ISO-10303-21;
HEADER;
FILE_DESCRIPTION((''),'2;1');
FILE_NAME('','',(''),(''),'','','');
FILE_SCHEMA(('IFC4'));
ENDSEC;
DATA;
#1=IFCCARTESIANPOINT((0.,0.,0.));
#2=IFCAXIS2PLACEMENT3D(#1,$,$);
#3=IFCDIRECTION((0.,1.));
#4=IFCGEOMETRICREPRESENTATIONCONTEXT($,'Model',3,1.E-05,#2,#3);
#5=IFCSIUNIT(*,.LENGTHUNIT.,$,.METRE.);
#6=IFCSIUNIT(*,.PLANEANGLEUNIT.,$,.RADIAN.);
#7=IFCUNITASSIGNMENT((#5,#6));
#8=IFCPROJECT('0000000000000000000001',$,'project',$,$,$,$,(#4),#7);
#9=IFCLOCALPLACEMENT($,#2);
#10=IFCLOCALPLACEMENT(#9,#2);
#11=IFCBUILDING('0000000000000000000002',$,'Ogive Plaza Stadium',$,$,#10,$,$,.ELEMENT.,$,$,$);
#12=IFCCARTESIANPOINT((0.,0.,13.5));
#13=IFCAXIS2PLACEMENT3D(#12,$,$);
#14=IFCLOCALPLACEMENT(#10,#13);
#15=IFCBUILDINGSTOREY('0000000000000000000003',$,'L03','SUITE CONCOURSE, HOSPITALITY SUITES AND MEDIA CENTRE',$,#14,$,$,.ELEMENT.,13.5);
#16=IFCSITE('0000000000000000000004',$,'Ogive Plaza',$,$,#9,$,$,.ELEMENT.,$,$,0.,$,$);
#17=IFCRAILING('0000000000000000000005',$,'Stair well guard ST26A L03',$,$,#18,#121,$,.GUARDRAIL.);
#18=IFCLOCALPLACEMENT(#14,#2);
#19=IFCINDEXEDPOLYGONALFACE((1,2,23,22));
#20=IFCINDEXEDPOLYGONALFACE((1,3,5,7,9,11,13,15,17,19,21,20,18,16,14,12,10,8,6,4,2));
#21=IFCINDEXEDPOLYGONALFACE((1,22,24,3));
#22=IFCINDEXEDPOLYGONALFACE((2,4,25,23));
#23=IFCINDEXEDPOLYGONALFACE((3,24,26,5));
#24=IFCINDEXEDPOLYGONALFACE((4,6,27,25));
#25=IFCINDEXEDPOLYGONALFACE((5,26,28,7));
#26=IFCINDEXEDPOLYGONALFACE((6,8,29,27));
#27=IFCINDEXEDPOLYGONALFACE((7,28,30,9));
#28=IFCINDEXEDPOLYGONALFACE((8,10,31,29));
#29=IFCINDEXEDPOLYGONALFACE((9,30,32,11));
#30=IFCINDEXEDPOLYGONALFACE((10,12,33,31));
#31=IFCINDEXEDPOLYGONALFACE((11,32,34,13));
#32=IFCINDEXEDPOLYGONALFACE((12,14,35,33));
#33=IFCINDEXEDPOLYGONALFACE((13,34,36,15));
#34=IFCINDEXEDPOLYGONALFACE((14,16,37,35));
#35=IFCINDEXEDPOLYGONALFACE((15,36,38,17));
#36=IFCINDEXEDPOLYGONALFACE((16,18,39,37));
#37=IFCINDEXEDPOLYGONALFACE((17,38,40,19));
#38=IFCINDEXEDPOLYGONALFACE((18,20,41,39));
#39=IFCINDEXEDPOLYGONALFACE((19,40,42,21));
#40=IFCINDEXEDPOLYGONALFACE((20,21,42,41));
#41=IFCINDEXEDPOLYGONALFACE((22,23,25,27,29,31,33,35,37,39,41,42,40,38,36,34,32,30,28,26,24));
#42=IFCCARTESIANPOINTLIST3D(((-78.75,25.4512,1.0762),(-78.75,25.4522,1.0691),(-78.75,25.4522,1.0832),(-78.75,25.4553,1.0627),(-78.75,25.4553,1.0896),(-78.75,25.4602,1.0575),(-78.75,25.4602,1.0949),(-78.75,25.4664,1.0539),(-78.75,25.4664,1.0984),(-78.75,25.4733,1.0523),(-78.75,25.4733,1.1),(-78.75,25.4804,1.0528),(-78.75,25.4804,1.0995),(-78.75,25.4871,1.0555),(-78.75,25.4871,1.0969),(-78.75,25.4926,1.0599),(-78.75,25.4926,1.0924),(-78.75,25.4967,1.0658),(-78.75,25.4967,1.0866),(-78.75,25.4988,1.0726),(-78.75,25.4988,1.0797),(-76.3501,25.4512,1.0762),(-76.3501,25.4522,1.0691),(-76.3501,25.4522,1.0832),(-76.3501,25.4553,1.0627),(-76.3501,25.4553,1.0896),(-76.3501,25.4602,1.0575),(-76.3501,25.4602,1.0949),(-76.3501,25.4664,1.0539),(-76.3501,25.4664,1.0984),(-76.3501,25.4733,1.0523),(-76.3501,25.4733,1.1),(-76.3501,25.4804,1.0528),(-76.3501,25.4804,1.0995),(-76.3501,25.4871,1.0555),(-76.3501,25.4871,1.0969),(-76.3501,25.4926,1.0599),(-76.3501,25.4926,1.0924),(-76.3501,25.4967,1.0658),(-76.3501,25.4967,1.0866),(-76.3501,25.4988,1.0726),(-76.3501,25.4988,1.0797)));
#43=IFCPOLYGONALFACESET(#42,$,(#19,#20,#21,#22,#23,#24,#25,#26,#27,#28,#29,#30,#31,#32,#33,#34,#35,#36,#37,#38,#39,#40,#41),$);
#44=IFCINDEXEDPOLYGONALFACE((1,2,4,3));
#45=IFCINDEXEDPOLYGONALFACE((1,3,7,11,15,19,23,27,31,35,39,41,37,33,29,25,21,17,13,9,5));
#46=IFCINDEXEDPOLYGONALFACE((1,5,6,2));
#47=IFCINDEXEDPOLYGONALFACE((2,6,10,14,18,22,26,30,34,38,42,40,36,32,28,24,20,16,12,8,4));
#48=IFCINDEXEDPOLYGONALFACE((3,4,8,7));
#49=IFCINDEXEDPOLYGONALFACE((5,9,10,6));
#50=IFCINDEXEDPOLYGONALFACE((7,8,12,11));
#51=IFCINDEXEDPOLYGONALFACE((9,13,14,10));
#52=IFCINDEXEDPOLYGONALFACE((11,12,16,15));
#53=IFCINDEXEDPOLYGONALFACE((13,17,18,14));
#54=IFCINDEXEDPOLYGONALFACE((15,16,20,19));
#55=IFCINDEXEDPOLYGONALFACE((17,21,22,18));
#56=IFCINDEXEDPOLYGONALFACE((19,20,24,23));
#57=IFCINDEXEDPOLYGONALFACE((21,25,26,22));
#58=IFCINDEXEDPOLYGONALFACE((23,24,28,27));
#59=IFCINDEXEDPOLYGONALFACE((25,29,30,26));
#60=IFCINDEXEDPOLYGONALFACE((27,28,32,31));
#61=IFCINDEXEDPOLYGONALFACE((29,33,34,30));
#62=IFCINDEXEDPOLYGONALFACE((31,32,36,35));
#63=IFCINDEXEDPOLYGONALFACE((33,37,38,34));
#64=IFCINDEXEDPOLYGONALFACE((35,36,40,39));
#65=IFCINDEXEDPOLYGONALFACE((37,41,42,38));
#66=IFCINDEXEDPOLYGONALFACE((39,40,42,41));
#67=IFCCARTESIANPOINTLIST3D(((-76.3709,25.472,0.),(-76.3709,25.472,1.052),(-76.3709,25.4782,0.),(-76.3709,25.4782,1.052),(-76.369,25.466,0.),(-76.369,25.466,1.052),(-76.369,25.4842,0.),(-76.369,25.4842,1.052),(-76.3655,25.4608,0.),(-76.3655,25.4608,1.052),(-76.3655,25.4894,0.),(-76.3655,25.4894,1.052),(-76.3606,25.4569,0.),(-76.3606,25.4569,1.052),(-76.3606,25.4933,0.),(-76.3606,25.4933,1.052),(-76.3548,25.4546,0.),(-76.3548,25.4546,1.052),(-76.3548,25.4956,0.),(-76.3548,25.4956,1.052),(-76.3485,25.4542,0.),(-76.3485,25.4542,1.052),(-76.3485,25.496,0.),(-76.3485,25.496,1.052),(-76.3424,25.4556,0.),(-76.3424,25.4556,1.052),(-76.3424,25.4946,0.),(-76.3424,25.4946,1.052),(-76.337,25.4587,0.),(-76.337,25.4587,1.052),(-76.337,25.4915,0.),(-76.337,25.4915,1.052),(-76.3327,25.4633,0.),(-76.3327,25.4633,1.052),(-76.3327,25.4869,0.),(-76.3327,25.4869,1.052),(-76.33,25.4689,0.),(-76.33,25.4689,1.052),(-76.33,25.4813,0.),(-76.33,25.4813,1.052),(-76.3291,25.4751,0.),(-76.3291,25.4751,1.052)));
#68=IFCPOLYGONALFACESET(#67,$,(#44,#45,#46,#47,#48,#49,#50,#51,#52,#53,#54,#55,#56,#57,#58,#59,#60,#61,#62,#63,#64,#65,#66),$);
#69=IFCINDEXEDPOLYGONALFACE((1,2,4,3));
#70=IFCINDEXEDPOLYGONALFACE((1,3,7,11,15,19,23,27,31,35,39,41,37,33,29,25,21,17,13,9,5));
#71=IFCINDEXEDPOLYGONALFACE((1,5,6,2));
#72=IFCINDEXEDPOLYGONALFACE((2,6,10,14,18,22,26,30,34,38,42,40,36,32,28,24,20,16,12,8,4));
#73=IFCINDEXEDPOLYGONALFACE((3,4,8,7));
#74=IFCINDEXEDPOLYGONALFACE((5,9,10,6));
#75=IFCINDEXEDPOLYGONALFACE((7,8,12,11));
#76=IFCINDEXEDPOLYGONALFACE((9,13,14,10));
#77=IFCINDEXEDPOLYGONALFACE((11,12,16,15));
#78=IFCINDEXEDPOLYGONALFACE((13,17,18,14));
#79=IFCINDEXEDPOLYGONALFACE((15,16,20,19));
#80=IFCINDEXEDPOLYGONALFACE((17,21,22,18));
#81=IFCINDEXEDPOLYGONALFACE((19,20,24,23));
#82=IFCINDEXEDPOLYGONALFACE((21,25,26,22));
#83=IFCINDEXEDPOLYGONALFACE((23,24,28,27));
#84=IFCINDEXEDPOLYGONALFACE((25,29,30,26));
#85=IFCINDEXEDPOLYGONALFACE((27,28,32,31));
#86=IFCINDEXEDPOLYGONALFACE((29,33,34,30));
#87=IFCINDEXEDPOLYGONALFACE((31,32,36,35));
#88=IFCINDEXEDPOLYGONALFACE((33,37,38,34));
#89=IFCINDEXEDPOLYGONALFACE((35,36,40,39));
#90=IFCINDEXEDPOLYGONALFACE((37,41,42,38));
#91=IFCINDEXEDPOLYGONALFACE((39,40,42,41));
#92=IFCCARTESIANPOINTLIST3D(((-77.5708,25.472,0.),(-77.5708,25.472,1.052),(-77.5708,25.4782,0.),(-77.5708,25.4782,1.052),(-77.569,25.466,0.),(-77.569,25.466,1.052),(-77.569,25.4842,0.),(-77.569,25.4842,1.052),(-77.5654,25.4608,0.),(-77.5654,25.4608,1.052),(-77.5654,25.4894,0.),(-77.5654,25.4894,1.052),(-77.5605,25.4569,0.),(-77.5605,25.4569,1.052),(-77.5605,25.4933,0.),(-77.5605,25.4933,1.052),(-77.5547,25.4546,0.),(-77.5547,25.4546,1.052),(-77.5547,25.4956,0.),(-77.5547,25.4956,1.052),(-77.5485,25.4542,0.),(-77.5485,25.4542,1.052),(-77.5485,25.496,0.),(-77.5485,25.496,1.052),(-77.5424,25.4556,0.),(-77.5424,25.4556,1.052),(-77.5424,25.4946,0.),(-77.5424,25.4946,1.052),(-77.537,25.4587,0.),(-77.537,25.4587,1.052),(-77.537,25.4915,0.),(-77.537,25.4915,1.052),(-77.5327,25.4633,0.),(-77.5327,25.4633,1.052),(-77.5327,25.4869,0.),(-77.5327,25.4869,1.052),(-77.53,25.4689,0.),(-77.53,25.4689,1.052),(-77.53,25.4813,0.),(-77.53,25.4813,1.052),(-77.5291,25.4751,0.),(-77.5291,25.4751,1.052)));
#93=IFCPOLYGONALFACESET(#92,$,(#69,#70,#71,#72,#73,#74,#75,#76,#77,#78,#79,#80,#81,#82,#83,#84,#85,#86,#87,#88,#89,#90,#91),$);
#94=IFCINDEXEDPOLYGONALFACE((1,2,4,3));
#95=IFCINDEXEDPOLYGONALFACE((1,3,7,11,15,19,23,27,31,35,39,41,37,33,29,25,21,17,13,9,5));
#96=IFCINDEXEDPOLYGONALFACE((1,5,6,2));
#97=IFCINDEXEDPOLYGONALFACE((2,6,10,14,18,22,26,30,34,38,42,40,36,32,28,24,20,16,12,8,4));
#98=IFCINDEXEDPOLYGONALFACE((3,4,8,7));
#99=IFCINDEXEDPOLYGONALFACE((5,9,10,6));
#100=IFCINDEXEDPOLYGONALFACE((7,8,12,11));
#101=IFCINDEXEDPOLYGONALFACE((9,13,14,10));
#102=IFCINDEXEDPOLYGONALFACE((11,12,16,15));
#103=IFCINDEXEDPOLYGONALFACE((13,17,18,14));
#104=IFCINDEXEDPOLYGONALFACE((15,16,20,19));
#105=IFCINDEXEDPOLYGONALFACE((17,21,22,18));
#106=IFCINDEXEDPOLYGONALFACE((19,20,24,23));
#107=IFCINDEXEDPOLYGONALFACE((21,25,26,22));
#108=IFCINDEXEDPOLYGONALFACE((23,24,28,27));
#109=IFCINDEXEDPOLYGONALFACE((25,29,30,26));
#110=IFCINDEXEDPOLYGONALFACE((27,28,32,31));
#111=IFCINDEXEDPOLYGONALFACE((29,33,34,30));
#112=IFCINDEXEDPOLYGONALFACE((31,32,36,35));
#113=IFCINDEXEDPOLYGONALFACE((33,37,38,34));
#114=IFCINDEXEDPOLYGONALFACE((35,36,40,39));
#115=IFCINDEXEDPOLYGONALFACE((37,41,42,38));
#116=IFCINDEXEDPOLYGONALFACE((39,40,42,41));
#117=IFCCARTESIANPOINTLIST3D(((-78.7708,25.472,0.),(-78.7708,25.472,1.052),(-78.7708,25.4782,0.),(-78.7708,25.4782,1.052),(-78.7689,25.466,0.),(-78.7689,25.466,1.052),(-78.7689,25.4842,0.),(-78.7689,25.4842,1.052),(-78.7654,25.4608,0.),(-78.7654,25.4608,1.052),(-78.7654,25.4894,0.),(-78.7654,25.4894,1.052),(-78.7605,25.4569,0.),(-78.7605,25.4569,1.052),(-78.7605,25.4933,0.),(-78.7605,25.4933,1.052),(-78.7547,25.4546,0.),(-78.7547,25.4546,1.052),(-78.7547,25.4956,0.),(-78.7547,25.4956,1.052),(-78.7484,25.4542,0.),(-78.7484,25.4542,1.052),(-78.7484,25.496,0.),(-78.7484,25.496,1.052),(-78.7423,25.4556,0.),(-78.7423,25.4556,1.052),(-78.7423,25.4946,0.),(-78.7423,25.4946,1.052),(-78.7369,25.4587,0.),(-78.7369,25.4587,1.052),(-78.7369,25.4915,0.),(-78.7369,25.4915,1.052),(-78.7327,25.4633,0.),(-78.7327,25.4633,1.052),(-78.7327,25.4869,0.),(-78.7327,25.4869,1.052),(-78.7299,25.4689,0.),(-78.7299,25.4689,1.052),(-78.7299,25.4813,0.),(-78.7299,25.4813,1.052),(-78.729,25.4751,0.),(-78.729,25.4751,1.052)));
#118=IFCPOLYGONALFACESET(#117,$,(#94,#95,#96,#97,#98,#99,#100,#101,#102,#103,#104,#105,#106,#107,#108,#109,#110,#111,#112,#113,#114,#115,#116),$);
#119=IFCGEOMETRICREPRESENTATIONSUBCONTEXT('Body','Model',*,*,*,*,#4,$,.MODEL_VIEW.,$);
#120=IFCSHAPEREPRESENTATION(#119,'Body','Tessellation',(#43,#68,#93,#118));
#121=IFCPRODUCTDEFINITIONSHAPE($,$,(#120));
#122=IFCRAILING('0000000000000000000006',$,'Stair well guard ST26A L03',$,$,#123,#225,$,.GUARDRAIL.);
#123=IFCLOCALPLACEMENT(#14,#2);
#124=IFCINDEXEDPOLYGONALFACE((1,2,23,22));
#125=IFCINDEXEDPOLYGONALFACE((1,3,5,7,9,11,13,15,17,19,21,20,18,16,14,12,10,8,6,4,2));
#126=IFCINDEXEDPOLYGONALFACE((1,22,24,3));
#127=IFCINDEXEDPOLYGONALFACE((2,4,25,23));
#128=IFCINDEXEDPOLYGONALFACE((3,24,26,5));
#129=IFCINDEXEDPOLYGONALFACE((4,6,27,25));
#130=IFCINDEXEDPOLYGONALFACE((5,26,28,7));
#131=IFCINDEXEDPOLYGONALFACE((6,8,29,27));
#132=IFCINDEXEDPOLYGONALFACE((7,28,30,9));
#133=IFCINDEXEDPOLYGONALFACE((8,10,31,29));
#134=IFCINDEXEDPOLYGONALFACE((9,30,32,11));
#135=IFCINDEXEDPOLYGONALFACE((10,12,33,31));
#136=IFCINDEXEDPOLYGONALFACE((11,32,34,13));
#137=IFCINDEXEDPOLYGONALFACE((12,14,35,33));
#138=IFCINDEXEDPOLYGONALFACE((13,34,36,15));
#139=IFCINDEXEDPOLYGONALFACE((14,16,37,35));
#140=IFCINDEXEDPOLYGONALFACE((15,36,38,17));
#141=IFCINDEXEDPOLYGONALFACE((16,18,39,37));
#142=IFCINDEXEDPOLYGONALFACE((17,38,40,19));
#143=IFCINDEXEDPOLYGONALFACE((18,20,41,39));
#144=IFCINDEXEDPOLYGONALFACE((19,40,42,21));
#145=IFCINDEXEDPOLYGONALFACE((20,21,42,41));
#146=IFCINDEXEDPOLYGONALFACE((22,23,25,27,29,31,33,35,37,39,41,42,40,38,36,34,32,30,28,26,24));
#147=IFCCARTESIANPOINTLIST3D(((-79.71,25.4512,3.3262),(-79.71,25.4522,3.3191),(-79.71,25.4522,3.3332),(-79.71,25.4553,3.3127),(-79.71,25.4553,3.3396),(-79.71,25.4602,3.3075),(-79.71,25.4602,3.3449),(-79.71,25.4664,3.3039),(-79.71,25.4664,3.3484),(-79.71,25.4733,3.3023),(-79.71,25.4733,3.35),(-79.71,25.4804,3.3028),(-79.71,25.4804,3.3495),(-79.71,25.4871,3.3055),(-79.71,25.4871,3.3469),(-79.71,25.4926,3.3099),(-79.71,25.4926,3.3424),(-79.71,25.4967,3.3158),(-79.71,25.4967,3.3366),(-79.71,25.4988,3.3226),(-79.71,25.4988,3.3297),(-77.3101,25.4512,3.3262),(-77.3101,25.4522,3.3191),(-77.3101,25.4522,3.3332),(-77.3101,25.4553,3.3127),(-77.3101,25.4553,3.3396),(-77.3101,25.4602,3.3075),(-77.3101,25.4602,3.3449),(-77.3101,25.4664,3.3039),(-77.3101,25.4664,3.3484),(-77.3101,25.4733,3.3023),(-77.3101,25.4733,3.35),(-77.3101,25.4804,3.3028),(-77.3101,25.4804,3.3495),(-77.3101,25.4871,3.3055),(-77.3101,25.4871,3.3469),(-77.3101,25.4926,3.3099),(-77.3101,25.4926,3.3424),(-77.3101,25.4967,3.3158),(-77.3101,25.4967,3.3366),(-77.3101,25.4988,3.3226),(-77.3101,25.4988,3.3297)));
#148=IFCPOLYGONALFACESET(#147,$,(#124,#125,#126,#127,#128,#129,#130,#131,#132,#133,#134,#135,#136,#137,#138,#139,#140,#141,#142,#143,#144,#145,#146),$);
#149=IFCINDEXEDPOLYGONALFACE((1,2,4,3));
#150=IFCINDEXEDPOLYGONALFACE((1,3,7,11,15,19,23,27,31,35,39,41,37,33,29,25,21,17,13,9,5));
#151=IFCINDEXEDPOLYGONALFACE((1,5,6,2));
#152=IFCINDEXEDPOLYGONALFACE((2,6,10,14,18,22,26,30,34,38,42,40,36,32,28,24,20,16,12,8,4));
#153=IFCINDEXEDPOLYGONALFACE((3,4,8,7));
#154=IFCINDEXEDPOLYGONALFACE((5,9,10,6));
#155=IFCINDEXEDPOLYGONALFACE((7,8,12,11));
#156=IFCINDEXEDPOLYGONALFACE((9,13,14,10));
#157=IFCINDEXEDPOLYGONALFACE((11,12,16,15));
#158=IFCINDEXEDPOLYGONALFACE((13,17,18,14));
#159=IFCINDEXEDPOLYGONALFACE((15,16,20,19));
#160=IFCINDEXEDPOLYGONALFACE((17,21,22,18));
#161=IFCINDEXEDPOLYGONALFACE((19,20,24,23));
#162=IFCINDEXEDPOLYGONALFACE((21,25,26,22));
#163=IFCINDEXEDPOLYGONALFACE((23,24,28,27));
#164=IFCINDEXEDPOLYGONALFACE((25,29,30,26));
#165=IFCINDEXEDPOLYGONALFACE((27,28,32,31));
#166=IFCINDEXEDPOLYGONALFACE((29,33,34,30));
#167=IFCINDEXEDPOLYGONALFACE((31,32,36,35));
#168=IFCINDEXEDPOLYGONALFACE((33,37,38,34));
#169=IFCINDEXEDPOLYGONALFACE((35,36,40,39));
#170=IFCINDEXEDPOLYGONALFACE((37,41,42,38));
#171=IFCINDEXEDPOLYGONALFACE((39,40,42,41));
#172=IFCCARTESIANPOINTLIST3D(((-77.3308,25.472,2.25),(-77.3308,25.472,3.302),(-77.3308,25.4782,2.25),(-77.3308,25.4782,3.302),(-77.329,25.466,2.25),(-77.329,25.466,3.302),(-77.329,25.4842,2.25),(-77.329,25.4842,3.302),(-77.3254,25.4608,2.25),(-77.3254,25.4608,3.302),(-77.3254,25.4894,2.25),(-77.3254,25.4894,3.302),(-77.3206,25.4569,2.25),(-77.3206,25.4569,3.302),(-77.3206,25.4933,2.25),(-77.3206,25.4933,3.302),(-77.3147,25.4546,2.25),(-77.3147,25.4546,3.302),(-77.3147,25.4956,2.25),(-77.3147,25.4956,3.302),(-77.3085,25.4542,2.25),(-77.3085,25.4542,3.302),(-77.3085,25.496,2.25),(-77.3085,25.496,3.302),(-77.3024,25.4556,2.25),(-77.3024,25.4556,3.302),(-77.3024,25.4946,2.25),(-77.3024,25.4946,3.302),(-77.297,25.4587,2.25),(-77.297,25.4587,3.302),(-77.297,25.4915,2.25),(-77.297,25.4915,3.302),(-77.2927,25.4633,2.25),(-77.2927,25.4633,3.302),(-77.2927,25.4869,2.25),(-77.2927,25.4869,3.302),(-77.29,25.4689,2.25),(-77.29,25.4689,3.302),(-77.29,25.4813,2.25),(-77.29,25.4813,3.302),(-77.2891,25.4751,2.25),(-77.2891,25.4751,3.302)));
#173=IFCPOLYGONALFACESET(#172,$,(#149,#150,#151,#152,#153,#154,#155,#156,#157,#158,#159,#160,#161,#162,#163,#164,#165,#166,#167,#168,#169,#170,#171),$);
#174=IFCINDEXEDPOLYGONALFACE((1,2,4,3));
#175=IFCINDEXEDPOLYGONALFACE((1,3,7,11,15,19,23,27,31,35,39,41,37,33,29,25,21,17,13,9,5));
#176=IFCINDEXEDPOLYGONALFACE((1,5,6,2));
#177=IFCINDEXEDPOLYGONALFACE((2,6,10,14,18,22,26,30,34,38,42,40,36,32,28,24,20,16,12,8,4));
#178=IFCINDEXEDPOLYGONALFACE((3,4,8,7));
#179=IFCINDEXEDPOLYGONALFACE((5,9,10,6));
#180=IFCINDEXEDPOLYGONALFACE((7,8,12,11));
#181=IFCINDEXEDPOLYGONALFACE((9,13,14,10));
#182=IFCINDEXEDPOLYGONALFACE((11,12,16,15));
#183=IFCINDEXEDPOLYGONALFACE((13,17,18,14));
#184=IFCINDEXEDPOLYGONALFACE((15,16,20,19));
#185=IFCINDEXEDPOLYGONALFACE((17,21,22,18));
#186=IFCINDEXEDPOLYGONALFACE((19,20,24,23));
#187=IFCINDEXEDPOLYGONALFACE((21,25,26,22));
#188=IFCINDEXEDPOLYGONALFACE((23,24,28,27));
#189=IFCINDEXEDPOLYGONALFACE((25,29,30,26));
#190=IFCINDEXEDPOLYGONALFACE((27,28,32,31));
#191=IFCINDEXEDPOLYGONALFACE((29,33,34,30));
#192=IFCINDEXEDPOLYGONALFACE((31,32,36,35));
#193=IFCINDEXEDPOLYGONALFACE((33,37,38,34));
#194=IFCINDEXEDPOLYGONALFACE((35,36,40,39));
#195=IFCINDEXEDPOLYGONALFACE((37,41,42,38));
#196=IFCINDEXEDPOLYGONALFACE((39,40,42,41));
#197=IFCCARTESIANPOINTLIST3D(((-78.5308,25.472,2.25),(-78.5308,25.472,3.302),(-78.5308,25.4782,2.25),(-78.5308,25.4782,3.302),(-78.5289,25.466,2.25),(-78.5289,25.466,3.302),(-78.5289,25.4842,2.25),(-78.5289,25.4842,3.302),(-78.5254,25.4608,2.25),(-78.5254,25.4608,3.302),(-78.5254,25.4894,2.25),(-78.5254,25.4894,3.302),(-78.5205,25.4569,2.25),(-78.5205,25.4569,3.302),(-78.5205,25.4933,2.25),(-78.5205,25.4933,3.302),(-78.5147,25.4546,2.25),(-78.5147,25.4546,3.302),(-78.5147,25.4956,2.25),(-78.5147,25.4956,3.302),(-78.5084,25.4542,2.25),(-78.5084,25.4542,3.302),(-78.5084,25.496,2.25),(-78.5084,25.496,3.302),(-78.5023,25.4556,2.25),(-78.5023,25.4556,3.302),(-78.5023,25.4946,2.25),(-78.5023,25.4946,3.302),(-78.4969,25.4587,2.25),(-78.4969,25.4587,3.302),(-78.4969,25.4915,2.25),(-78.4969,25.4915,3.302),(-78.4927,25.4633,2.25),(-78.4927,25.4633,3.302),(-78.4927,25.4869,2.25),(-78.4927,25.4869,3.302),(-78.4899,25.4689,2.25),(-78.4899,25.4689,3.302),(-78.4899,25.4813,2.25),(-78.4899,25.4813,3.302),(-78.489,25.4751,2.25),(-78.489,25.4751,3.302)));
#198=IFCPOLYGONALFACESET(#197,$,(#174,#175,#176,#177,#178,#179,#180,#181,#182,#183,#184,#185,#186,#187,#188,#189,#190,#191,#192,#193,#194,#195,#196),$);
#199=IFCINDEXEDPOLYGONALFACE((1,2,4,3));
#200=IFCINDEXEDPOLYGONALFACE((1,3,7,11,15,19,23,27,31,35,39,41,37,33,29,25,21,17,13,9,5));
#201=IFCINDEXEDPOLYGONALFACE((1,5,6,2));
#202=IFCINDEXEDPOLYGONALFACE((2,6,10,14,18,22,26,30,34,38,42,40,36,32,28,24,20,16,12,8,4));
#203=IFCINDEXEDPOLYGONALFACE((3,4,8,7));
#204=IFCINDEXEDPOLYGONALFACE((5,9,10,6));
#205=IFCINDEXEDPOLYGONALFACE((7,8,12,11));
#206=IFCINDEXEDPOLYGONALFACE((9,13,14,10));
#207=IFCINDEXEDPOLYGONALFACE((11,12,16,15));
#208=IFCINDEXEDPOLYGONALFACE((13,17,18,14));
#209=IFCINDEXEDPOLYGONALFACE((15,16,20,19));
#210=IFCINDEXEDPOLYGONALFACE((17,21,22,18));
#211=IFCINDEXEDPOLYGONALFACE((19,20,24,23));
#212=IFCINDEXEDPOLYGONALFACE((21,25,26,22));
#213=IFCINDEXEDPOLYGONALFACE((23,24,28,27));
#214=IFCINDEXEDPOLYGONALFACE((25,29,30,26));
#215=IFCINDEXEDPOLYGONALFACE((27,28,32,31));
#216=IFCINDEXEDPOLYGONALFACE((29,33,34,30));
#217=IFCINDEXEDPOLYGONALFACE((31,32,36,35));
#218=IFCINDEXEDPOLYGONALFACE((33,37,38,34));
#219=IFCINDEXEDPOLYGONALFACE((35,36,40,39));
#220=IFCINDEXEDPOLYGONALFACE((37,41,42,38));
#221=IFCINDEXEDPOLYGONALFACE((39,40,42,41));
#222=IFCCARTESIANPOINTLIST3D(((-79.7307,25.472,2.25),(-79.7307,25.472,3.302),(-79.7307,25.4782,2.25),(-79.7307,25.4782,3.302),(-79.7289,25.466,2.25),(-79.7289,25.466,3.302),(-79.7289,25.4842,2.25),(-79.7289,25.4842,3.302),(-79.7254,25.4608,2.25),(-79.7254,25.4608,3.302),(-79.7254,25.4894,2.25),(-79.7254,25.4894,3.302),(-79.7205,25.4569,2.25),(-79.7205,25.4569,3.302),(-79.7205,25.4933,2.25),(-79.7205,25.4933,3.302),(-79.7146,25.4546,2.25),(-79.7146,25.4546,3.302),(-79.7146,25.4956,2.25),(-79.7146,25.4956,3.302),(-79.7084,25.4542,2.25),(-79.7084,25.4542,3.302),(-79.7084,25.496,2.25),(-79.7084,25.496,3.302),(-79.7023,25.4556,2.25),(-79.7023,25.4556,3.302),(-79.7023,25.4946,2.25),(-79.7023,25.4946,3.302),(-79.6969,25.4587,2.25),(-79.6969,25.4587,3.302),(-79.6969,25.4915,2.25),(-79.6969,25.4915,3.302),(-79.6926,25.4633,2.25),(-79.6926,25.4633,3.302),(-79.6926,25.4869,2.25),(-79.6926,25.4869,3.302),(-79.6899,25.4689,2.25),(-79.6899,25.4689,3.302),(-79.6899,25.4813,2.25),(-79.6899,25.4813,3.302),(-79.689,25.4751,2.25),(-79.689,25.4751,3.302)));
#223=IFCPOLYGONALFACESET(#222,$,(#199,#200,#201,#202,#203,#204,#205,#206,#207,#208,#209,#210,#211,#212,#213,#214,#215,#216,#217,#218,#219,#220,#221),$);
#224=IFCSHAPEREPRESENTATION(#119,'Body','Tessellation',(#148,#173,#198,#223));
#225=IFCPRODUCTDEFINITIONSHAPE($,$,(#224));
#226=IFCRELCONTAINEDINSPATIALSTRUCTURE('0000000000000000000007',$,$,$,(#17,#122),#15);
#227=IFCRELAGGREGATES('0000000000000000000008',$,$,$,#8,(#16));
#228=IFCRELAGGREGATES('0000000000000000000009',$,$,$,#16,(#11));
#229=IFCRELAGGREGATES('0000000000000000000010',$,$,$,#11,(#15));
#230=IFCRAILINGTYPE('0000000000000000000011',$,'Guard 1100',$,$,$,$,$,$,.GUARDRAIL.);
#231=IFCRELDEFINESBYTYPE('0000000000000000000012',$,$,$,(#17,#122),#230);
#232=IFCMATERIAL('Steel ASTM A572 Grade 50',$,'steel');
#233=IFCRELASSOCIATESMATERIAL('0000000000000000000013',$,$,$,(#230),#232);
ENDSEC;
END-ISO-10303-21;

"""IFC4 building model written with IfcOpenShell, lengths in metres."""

from ifc_helpers import new_model, si_unit, direction, frame, origin, origin_2d, place, context, subcontext, project, spatial, circle, extrude, material, type_object, element, save


model = new_model("IFC4")

# Units and contexts
model_context = context("Model", 3, precision=1e-05, world=origin(), true_north=direction((0.0, 1.0)))
body_context = subcontext(model_context, "Body", "Model", "MODEL_VIEW")
ifc_project = project(units=[si_unit("LENGTHUNIT", "METRE"), si_unit("PLANEANGLEUNIT", "RADIAN")], contexts=[model_context])

# Site, building, storey
site_placement = place(None, origin())
site = spatial("IfcSite", under=ifc_project, at=site_placement, Name="Ogive Plaza", CompositionType="ELEMENT", RefElevation=0.0)
building_placement = place(site_placement, origin())
building = spatial("IfcBuilding", under=site, at=building_placement, Name="Ogive Plaza Stadium", CompositionType="ELEMENT")
storey_placement = place(building_placement, frame((0.0, 0.0, 13.5)))
storey = spatial("IfcBuildingStorey", under=building, at=storey_placement, Name="L03", Description="SUITE CONCOURSE, HOSPITALITY SUITES AND MEDIA CENTRE", CompositionType="ELEMENT", Elevation=13.5)

# Railings
ifc_material_1 = material(Name="Steel ASTM A572 Grade 50", Category="steel")
railing_type_1 = type_object("IfcRailingType", Name="Guard 1100", PredefinedType="GUARDRAIL", material=ifc_material_1)
for number, where, name in (
    (1, (-76.3501, 25.4751, 0.0), "Stair well guard ST26A L03"),
    (2, (-77.3101, 25.4751, 2.25), "Stair well guard ST26A L03"),
):
    element("IfcRailing", number, at=place(storey_placement, frame(where)), inside=storey, type_object=railing_type_1, Name=name, PredefinedType="GUARDRAIL", context=body_context, shape_type="SweptSolid", body=[
        extrude(circle(Radius=0.0239, at=origin_2d()), frame((0.0, 0.0, 1.0762), z_axis=(-1.0, 0.0, 0.0), x_axis=(0.0, -1.0, 0.0)), (0.0, 0.0, 1.0), 2.3999),
        extrude(circle(Radius=0.021, at=origin_2d()), origin(), (0.0, 0.0, 1.0), 1.052),
        extrude(circle(Radius=0.021, at=origin_2d()), frame((-1.2, 0.0, 0.0)), (0.0, 0.0, 1.0), 1.052),
        extrude(circle(Radius=0.021, at=origin_2d()), frame((-2.3999, 0.0, 0.0)), (0.0, 0.0, 1.0), 1.052),
    ])

save(model, "model.ifc")
